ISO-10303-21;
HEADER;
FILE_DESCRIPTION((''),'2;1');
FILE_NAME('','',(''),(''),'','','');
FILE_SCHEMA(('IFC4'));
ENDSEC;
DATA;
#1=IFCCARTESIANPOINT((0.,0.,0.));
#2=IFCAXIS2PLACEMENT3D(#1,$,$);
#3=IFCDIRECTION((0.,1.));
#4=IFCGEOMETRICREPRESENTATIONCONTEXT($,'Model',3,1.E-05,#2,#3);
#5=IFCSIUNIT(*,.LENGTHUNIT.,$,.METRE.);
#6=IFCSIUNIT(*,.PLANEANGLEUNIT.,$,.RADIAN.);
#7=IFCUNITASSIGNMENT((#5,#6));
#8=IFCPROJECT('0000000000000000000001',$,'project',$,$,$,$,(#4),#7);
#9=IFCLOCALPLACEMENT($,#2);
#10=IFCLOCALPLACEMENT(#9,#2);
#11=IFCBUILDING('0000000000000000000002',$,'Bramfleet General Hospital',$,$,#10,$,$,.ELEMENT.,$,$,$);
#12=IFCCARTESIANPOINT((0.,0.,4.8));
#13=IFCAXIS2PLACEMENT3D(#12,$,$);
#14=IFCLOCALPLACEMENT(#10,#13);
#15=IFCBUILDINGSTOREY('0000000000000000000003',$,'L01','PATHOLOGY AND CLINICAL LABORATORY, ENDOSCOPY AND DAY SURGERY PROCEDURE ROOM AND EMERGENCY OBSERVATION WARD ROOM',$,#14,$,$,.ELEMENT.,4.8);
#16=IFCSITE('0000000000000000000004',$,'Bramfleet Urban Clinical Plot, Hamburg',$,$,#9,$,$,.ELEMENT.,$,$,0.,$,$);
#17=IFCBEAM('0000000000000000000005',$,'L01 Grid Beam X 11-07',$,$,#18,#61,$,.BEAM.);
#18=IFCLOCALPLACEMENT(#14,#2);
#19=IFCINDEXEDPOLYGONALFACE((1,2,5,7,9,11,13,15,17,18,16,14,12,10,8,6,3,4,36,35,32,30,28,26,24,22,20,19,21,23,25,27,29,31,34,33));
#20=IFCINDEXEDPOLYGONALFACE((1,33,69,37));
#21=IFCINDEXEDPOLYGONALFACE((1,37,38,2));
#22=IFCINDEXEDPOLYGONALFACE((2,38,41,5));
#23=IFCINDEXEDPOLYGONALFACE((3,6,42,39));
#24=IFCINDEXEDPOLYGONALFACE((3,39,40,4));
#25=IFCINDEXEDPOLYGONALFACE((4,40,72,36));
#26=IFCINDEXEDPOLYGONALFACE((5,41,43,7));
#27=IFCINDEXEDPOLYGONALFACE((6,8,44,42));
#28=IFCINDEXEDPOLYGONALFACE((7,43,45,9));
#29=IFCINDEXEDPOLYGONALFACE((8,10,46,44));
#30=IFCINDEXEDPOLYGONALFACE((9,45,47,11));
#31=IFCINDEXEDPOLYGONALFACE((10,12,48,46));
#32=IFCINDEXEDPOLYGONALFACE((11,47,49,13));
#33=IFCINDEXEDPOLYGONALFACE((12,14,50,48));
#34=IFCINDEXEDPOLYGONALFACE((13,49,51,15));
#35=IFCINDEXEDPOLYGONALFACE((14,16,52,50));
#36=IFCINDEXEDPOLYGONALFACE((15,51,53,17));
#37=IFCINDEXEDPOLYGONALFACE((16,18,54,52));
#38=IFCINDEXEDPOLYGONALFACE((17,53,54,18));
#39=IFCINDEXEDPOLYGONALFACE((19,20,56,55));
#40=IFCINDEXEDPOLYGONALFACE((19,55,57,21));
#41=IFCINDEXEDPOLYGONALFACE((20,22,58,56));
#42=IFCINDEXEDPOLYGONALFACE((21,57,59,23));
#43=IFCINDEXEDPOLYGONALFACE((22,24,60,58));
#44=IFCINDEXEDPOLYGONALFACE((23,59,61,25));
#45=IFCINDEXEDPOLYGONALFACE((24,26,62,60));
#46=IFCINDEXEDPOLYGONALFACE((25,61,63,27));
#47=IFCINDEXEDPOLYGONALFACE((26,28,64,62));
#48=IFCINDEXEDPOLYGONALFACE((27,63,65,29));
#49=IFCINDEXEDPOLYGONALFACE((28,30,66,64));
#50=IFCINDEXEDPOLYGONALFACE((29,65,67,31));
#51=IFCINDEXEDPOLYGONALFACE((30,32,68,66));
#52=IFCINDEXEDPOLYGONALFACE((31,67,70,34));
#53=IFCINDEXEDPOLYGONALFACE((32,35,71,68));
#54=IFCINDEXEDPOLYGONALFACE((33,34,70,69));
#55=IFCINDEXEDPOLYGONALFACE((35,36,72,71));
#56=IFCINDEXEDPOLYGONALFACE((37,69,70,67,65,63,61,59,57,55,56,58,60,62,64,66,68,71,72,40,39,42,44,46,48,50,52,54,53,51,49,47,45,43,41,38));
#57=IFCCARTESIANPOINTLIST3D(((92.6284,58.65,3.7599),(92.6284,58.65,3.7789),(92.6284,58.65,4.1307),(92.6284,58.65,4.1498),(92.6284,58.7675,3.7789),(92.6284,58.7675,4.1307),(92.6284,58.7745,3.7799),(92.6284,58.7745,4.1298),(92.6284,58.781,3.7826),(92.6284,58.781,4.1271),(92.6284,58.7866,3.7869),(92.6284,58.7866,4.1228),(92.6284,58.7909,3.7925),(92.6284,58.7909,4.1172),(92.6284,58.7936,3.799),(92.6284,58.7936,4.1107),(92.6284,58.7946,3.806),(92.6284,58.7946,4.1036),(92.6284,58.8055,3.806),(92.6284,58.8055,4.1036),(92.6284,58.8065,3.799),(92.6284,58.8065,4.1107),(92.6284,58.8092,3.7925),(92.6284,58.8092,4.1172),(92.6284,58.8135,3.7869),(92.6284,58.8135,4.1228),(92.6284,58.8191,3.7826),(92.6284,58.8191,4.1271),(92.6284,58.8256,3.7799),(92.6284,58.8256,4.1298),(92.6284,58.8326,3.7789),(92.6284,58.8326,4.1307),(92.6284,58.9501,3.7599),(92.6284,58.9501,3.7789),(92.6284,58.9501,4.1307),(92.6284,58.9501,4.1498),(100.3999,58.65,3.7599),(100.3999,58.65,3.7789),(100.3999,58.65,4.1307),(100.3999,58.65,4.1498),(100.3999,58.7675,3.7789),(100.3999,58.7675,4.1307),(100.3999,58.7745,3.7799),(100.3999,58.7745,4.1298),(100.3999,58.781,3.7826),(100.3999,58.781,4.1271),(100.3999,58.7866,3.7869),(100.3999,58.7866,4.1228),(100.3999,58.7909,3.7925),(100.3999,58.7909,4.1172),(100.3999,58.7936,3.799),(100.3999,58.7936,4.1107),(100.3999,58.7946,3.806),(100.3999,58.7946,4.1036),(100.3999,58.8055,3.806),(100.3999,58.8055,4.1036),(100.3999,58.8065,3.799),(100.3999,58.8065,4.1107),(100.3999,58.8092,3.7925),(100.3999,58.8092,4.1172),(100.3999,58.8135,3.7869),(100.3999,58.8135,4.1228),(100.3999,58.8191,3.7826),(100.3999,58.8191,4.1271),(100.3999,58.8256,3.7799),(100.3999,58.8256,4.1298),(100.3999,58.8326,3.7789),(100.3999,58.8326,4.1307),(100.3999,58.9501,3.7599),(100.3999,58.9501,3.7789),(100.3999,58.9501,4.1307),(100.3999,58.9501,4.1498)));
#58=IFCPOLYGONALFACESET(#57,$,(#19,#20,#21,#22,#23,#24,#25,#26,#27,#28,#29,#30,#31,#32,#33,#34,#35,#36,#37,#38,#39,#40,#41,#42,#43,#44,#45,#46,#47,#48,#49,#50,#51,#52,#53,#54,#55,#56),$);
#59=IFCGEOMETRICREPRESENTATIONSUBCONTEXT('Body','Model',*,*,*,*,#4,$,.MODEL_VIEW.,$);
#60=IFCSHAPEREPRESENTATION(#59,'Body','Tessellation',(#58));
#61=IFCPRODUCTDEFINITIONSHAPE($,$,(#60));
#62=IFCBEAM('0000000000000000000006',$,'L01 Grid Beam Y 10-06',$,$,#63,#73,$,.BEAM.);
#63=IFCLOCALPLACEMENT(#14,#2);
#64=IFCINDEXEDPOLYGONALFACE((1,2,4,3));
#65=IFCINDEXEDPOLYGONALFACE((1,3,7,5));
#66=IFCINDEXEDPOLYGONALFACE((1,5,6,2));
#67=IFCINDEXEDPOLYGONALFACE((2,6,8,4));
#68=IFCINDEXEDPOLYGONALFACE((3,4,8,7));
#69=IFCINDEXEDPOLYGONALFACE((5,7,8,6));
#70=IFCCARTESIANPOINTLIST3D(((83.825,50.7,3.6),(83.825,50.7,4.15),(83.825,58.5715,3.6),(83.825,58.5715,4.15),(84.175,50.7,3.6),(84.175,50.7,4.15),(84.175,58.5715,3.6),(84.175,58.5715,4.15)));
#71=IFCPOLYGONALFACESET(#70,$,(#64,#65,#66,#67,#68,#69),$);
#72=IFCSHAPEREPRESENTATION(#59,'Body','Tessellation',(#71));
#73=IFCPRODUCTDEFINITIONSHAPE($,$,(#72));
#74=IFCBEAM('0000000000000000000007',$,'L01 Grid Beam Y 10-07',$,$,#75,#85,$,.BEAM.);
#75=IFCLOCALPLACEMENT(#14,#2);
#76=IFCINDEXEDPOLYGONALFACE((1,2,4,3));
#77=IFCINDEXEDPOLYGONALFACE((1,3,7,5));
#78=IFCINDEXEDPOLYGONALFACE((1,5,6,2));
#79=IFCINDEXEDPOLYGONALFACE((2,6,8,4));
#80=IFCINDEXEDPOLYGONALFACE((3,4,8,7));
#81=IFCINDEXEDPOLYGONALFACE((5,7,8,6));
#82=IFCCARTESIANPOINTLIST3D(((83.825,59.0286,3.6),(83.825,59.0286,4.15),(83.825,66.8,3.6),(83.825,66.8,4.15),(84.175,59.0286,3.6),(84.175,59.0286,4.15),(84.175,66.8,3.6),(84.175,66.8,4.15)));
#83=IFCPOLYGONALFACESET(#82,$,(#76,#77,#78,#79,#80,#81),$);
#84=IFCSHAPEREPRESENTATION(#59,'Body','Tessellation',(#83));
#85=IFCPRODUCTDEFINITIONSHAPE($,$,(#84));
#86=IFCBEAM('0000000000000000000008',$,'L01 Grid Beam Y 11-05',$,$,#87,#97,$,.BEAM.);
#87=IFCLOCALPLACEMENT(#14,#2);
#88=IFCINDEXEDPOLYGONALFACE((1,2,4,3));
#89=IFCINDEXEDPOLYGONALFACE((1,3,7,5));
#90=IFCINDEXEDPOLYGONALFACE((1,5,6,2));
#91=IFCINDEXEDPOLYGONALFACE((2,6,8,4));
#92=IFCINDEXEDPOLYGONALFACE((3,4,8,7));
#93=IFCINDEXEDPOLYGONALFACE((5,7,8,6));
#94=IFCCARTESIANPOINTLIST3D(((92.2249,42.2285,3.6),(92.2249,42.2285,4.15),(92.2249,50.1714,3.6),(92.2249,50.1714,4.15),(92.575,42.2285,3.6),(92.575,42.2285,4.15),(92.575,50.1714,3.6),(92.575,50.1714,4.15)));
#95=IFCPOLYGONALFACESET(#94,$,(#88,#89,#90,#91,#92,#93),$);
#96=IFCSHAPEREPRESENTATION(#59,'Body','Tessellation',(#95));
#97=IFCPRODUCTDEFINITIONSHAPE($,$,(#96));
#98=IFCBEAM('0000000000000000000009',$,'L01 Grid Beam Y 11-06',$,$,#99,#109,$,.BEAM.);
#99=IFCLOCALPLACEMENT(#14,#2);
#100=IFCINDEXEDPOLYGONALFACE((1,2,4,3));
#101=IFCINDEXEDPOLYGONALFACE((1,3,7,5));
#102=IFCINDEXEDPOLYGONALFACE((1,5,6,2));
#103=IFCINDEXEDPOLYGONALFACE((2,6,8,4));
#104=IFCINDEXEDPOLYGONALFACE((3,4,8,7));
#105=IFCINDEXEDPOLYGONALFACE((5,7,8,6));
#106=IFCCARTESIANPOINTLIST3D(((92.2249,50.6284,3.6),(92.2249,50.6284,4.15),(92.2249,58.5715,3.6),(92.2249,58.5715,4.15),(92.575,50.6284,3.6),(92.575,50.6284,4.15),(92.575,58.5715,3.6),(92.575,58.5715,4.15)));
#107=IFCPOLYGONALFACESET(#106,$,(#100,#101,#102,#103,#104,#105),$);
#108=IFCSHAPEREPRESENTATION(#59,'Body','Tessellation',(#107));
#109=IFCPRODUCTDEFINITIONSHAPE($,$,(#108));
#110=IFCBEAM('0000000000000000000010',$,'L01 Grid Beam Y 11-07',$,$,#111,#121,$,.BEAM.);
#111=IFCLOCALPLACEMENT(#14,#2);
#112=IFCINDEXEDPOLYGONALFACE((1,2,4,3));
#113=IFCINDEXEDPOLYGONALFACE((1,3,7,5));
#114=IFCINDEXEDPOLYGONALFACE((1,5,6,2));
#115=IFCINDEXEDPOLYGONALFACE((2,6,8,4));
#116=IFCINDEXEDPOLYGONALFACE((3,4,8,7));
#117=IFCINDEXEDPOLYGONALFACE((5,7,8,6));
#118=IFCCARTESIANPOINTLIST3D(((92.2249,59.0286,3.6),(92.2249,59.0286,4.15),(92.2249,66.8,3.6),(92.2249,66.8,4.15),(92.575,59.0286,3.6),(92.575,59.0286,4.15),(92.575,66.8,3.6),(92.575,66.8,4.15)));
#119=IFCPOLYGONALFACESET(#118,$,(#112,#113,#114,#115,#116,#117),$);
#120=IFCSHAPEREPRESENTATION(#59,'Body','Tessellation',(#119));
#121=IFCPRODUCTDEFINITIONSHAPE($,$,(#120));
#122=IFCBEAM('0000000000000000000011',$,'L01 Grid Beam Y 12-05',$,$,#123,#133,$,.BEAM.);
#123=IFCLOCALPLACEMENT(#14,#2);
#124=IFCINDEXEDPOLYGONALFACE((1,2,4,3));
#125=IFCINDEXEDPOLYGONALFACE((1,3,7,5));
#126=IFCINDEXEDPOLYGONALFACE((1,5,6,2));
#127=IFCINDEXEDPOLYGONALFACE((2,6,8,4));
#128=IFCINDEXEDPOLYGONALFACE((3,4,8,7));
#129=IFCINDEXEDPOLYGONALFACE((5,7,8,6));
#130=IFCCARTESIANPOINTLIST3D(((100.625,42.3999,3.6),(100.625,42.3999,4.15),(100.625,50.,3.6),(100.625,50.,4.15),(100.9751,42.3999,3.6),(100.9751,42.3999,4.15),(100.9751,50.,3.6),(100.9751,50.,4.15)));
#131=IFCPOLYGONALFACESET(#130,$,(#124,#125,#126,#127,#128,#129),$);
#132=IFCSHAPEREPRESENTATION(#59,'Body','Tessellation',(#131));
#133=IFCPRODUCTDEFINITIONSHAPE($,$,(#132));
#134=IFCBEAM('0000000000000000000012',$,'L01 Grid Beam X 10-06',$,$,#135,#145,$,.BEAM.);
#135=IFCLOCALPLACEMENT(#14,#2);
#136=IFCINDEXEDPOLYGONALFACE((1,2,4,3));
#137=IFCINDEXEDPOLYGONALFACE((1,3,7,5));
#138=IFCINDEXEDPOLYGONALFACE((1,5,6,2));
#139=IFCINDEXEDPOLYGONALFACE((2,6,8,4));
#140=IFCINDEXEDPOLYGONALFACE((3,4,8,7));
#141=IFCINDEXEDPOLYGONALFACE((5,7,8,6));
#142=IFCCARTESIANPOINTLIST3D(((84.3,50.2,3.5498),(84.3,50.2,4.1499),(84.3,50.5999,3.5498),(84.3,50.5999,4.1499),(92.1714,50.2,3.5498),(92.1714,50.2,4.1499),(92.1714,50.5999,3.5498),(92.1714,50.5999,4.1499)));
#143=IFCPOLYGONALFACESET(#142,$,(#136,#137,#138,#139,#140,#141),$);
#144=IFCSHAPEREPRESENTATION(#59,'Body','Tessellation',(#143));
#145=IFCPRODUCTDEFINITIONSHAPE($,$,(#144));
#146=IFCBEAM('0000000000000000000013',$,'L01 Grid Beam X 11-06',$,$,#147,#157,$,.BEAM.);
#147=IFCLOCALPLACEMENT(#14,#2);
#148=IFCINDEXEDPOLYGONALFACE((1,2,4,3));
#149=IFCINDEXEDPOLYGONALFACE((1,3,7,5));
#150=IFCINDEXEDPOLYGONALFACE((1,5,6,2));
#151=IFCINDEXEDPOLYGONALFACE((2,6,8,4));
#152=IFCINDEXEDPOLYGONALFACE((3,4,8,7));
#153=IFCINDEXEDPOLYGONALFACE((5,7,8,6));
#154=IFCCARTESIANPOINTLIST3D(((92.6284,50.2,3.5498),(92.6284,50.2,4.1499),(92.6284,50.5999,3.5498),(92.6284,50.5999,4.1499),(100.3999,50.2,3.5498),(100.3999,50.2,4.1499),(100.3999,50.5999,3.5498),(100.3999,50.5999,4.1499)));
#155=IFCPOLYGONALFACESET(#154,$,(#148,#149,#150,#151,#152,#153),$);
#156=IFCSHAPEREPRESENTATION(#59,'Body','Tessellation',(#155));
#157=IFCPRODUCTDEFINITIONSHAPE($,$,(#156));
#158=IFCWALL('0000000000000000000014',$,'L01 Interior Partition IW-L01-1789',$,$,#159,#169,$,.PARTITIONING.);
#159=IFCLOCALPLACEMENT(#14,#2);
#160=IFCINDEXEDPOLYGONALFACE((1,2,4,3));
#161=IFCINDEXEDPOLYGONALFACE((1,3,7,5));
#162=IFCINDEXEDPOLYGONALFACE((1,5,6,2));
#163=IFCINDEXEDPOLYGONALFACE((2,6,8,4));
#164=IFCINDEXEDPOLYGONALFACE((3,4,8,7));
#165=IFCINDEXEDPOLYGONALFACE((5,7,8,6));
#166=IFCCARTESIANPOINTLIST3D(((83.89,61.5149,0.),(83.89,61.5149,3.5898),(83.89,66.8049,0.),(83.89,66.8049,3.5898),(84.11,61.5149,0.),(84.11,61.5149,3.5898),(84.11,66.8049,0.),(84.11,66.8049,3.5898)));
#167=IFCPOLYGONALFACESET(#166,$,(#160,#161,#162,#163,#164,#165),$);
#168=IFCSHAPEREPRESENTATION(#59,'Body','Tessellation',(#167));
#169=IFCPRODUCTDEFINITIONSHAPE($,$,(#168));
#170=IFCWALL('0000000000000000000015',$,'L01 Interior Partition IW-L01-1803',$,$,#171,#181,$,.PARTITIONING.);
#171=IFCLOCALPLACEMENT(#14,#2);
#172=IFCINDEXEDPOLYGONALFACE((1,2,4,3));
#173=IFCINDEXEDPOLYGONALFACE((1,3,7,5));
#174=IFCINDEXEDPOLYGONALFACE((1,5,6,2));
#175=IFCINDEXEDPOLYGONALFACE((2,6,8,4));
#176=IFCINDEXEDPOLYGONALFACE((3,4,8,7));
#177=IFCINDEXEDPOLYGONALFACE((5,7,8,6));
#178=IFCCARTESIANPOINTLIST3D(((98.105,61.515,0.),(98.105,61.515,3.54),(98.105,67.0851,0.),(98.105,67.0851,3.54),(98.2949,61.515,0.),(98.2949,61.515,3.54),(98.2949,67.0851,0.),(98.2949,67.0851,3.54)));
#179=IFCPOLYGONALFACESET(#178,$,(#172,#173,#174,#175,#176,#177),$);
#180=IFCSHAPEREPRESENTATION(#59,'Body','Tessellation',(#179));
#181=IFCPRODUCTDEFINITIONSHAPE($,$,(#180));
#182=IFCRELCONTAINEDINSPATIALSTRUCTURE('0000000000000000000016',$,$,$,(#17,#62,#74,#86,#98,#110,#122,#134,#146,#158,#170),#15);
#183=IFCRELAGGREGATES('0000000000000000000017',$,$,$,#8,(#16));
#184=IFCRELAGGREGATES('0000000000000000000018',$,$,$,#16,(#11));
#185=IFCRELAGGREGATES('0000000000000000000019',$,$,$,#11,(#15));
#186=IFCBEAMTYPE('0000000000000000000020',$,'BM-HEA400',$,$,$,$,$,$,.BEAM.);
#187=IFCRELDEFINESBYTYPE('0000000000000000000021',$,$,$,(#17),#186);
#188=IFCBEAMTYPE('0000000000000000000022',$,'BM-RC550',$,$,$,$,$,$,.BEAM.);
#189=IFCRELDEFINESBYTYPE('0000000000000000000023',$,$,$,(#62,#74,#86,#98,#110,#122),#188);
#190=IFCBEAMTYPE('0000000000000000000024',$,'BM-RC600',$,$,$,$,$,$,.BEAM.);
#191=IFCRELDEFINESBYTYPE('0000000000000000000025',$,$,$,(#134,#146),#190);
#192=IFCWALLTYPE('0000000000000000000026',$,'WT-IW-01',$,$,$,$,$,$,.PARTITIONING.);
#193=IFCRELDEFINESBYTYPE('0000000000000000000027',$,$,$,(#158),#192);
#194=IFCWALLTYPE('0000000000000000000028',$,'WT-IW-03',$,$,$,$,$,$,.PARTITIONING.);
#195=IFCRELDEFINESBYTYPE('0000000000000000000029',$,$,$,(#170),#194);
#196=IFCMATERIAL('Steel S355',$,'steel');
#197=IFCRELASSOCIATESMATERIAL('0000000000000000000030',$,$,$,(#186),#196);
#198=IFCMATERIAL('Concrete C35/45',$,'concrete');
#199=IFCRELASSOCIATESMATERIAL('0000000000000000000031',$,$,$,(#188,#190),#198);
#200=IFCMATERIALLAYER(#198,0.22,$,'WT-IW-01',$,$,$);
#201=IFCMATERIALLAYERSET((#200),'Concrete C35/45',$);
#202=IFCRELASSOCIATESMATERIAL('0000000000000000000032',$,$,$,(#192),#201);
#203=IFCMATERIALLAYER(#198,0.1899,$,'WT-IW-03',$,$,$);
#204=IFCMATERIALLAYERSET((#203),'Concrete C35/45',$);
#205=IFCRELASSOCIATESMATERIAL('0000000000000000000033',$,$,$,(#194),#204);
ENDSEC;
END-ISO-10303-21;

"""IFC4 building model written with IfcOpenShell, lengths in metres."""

from ifc_helpers import new_model, si_unit, direction, frame, frame_2d, origin, origin_2d, place, context, subcontext, project, spatial, rectangle, i_section, extrude, material, layer, layer_set, material_profile, profile_set, type_object, element, save


model = new_model("IFC4")

# Units and contexts
model_context = context("Model", 3, precision=1e-05, world=origin(), true_north=direction((0.0, 1.0)))
body_context = subcontext(model_context, "Body", "Model", "MODEL_VIEW")
ifc_project = project(units=[si_unit("LENGTHUNIT", "METRE"), si_unit("PLANEANGLEUNIT", "RADIAN")], contexts=[model_context])

# Site, building, storey
site_placement = place(None, origin())
site = spatial("IfcSite", under=ifc_project, at=site_placement, Name="Bramfleet Urban Clinical Plot, Hamburg", CompositionType="ELEMENT", RefElevation=0.0)
building_placement = place(site_placement, origin())
building = spatial("IfcBuilding", under=site, at=building_placement, Name="Bramfleet General Hospital", CompositionType="ELEMENT")
storey_placement = place(building_placement, frame((0.0, 0.0, 4.8)))
storey = spatial("IfcBuildingStorey", under=building, at=storey_placement, Name="L01", Description="PATHOLOGY AND CLINICAL LABORATORY, ENDOSCOPY AND DAY SURGERY PROCEDURE ROOM AND EMERGENCY OBSERVATION WARD ROOM", CompositionType="ELEMENT", Elevation=4.8)

# Shared definitions
ifc_material_1 = material(Name="Steel S355", Category="steel")

# Beams
ifc_material_profile_1 = material_profile(ifc_material_1, i_section(OverallWidth=0.3, OverallDepth=0.3899, WebThickness=0.011, FlangeThickness=0.019, FilletRadius=0.0271, at=origin_2d()), Name="HEA 400")
ifc_profile_set_1 = profile_set([ifc_material_profile_1], Name="Steel S355")
beam_type_1 = type_object("IfcBeamType", Name="BM-HEA400", PredefinedType="BEAM", material=ifc_profile_set_1)
beam_1_placement = place(storey_placement, frame((92.6284, 58.8, 3.9548), z_axis=(1.0, 0.0, 0.0), x_axis=(0.0, 1.0, 0.0)))
element("IfcBeam", 1, at=beam_1_placement, inside=storey, type_object=beam_type_1, Name="L01 Grid Beam X 11-07", PredefinedType="BEAM", context=body_context, shape_type="SweptSolid", body=[
    extrude(i_section(OverallWidth=0.3, OverallDepth=0.3899, WebThickness=0.011, FlangeThickness=0.019, FilletRadius=0.0271, at=origin_2d()), origin(), (0.0, 0.0, 1.0), 7.7715),
])
ifc_material_2 = material(Name="Concrete C35/45", Category="concrete")
ifc_material_profile_2 = material_profile(ifc_material_2, rectangle(XDim=0.3501, YDim=0.55, at=origin_2d()), Name="RC BM 550x350")
ifc_profile_set_2 = profile_set([ifc_material_profile_2], Name="Concrete C35/45")
beam_type_2 = type_object("IfcBeamType", Name="BM-RC550", PredefinedType="BEAM", material=ifc_profile_set_2)
beam_2_placement = place(storey_placement, frame((84.0, 50.7, 3.875), z_axis=(0.0, 1.0, 0.0), x_axis=(-1.0, 0.0, 0.0)))
element("IfcBeam", 2, at=beam_2_placement, inside=storey, type_object=beam_type_2, Name="L01 Grid Beam Y 10-06", PredefinedType="BEAM", context=body_context, shape_type="SweptSolid", body=[
    extrude(rectangle(XDim=0.3501, YDim=0.55, at=origin_2d()), origin(), (0.0, 0.0, 1.0), 7.8716),
])
beam_3_placement = place(storey_placement, frame((84.0, 59.0286, 3.875), z_axis=(0.0, 1.0, 0.0), x_axis=(-1.0, 0.0, 0.0)))
element("IfcBeam", 3, at=beam_3_placement, inside=storey, type_object=beam_type_2, Name="L01 Grid Beam Y 10-07", PredefinedType="BEAM", context=body_context, shape_type="SweptSolid", body=[
    extrude(rectangle(XDim=0.3501, YDim=0.55, at=origin_2d()), origin(), (0.0, 0.0, 1.0), 7.7715),
])
beam_4_placement = place(storey_placement, frame((92.3999, 42.2285, 3.875), z_axis=(0.0, 1.0, 0.0), x_axis=(-1.0, 0.0, 0.0)))
element("IfcBeam", 4, at=beam_4_placement, inside=storey, type_object=beam_type_2, Name="L01 Grid Beam Y 11-05", PredefinedType="BEAM", context=body_context, shape_type="SweptSolid", body=[
    extrude(rectangle(XDim=0.3501, YDim=0.55, at=origin_2d()), origin(), (0.0, 0.0, 1.0), 7.9429),
])
beam_5_placement = place(storey_placement, frame((92.3999, 50.6284, 3.875), z_axis=(0.0, 1.0, 0.0), x_axis=(-1.0, 0.0, 0.0)))
element("IfcBeam", 5, at=beam_5_placement, inside=storey, type_object=beam_type_2, Name="L01 Grid Beam Y 11-06", PredefinedType="BEAM", context=body_context, shape_type="SweptSolid", body=[
    extrude(rectangle(XDim=0.3501, YDim=0.55, at=origin_2d()), origin(), (0.0, 0.0, 1.0), 7.9431),
])
beam_6_placement = place(storey_placement, frame((92.3999, 59.0286, 3.875), z_axis=(0.0, 1.0, 0.0), x_axis=(-1.0, 0.0, 0.0)))
element("IfcBeam", 6, at=beam_6_placement, inside=storey, type_object=beam_type_2, Name="L01 Grid Beam Y 11-07", PredefinedType="BEAM", context=body_context, shape_type="SweptSolid", body=[
    extrude(rectangle(XDim=0.3501, YDim=0.55, at=origin_2d()), origin(), (0.0, 0.0, 1.0), 7.7715),
])
beam_7_placement = place(storey_placement, frame((100.8, 42.3999, 3.875), z_axis=(0.0, 1.0, 0.0), x_axis=(-1.0, 0.0, 0.0)))
element("IfcBeam", 7, at=beam_7_placement, inside=storey, type_object=beam_type_2, Name="L01 Grid Beam Y 12-05", PredefinedType="BEAM", context=body_context, shape_type="SweptSolid", body=[
    extrude(rectangle(XDim=0.3501, YDim=0.55, at=origin_2d()), origin(), (0.0, 0.0, 1.0), 7.6001),
])
ifc_material_profile_3 = material_profile(ifc_material_2, rectangle(XDim=0.3999, YDim=0.6001, at=origin_2d()), Name="RC BM 600x400")
ifc_profile_set_3 = profile_set([ifc_material_profile_3], Name="Concrete C35/45")
beam_type_3 = type_object("IfcBeamType", Name="BM-RC600", PredefinedType="BEAM", material=ifc_profile_set_3)
beam_8_placement = place(storey_placement, frame((84.3, 50.3999, 3.8499), z_axis=(1.0, 0.0, 0.0), x_axis=(0.0, 1.0, 0.0)))
element("IfcBeam", 8, at=beam_8_placement, inside=storey, type_object=beam_type_3, Name="L01 Grid Beam X 10-06", PredefinedType="BEAM", context=body_context, shape_type="SweptSolid", body=[
    extrude(rectangle(XDim=0.3999, YDim=0.6001, at=origin_2d()), origin(), (0.0, 0.0, 1.0), 7.8713),
])
beam_9_placement = place(storey_placement, frame((92.6284, 50.3999, 3.8499), z_axis=(1.0, 0.0, 0.0), x_axis=(0.0, 1.0, 0.0)))
element("IfcBeam", 9, at=beam_9_placement, inside=storey, type_object=beam_type_3, Name="L01 Grid Beam X 11-06", PredefinedType="BEAM", context=body_context, shape_type="SweptSolid", body=[
    extrude(rectangle(XDim=0.3999, YDim=0.6001, at=origin_2d()), origin(), (0.0, 0.0, 1.0), 7.7715),
])

# Walls
ifc_layer_1 = layer(ifc_material_2, 0.22, Name="WT-IW-01")
ifc_layer_set_1 = layer_set([ifc_layer_1], Name="Concrete C35/45")
wall_type_1 = type_object("IfcWallType", Name="WT-IW-01", PredefinedType="PARTITIONING", material=ifc_layer_set_1)
wall_1_placement = place(storey_placement, frame((84.0, 61.5149, 0.0), z_axis=(0.0, 0.0, 1.0), x_axis=(0.0, 1.0, 0.0)))
element("IfcWall", 10, at=wall_1_placement, inside=storey, type_object=wall_type_1, Name="L01 Interior Partition IW-L01-1789", PredefinedType="PARTITIONING", context=body_context, shape_type="SweptSolid", body=[
    extrude(rectangle(XDim=5.29, YDim=0.22, at=frame_2d((2.645, 0.0))), origin(), (0.0, 0.0, 1.0), 3.5898),
])
ifc_layer_2 = layer(ifc_material_2, 0.1899, Name="WT-IW-03")
ifc_layer_set_2 = layer_set([ifc_layer_2], Name="Concrete C35/45")
wall_type_2 = type_object("IfcWallType", Name="WT-IW-03", PredefinedType="PARTITIONING", material=ifc_layer_set_2)
wall_2_placement = place(storey_placement, frame((98.2, 61.5149, 0.0), z_axis=(0.0, 0.0, 1.0), x_axis=(0.0, 1.0, 0.0)))
element("IfcWall", 11, at=wall_2_placement, inside=storey, type_object=wall_type_2, Name="L01 Interior Partition IW-L01-1803", PredefinedType="PARTITIONING", context=body_context, shape_type="SweptSolid", body=[
    extrude(rectangle(XDim=5.5701, YDim=0.1899, at=frame_2d((2.7852, 0.0))), origin(), (0.0, 0.0, 1.0), 3.54),
])

save(model, "model.ifc")
